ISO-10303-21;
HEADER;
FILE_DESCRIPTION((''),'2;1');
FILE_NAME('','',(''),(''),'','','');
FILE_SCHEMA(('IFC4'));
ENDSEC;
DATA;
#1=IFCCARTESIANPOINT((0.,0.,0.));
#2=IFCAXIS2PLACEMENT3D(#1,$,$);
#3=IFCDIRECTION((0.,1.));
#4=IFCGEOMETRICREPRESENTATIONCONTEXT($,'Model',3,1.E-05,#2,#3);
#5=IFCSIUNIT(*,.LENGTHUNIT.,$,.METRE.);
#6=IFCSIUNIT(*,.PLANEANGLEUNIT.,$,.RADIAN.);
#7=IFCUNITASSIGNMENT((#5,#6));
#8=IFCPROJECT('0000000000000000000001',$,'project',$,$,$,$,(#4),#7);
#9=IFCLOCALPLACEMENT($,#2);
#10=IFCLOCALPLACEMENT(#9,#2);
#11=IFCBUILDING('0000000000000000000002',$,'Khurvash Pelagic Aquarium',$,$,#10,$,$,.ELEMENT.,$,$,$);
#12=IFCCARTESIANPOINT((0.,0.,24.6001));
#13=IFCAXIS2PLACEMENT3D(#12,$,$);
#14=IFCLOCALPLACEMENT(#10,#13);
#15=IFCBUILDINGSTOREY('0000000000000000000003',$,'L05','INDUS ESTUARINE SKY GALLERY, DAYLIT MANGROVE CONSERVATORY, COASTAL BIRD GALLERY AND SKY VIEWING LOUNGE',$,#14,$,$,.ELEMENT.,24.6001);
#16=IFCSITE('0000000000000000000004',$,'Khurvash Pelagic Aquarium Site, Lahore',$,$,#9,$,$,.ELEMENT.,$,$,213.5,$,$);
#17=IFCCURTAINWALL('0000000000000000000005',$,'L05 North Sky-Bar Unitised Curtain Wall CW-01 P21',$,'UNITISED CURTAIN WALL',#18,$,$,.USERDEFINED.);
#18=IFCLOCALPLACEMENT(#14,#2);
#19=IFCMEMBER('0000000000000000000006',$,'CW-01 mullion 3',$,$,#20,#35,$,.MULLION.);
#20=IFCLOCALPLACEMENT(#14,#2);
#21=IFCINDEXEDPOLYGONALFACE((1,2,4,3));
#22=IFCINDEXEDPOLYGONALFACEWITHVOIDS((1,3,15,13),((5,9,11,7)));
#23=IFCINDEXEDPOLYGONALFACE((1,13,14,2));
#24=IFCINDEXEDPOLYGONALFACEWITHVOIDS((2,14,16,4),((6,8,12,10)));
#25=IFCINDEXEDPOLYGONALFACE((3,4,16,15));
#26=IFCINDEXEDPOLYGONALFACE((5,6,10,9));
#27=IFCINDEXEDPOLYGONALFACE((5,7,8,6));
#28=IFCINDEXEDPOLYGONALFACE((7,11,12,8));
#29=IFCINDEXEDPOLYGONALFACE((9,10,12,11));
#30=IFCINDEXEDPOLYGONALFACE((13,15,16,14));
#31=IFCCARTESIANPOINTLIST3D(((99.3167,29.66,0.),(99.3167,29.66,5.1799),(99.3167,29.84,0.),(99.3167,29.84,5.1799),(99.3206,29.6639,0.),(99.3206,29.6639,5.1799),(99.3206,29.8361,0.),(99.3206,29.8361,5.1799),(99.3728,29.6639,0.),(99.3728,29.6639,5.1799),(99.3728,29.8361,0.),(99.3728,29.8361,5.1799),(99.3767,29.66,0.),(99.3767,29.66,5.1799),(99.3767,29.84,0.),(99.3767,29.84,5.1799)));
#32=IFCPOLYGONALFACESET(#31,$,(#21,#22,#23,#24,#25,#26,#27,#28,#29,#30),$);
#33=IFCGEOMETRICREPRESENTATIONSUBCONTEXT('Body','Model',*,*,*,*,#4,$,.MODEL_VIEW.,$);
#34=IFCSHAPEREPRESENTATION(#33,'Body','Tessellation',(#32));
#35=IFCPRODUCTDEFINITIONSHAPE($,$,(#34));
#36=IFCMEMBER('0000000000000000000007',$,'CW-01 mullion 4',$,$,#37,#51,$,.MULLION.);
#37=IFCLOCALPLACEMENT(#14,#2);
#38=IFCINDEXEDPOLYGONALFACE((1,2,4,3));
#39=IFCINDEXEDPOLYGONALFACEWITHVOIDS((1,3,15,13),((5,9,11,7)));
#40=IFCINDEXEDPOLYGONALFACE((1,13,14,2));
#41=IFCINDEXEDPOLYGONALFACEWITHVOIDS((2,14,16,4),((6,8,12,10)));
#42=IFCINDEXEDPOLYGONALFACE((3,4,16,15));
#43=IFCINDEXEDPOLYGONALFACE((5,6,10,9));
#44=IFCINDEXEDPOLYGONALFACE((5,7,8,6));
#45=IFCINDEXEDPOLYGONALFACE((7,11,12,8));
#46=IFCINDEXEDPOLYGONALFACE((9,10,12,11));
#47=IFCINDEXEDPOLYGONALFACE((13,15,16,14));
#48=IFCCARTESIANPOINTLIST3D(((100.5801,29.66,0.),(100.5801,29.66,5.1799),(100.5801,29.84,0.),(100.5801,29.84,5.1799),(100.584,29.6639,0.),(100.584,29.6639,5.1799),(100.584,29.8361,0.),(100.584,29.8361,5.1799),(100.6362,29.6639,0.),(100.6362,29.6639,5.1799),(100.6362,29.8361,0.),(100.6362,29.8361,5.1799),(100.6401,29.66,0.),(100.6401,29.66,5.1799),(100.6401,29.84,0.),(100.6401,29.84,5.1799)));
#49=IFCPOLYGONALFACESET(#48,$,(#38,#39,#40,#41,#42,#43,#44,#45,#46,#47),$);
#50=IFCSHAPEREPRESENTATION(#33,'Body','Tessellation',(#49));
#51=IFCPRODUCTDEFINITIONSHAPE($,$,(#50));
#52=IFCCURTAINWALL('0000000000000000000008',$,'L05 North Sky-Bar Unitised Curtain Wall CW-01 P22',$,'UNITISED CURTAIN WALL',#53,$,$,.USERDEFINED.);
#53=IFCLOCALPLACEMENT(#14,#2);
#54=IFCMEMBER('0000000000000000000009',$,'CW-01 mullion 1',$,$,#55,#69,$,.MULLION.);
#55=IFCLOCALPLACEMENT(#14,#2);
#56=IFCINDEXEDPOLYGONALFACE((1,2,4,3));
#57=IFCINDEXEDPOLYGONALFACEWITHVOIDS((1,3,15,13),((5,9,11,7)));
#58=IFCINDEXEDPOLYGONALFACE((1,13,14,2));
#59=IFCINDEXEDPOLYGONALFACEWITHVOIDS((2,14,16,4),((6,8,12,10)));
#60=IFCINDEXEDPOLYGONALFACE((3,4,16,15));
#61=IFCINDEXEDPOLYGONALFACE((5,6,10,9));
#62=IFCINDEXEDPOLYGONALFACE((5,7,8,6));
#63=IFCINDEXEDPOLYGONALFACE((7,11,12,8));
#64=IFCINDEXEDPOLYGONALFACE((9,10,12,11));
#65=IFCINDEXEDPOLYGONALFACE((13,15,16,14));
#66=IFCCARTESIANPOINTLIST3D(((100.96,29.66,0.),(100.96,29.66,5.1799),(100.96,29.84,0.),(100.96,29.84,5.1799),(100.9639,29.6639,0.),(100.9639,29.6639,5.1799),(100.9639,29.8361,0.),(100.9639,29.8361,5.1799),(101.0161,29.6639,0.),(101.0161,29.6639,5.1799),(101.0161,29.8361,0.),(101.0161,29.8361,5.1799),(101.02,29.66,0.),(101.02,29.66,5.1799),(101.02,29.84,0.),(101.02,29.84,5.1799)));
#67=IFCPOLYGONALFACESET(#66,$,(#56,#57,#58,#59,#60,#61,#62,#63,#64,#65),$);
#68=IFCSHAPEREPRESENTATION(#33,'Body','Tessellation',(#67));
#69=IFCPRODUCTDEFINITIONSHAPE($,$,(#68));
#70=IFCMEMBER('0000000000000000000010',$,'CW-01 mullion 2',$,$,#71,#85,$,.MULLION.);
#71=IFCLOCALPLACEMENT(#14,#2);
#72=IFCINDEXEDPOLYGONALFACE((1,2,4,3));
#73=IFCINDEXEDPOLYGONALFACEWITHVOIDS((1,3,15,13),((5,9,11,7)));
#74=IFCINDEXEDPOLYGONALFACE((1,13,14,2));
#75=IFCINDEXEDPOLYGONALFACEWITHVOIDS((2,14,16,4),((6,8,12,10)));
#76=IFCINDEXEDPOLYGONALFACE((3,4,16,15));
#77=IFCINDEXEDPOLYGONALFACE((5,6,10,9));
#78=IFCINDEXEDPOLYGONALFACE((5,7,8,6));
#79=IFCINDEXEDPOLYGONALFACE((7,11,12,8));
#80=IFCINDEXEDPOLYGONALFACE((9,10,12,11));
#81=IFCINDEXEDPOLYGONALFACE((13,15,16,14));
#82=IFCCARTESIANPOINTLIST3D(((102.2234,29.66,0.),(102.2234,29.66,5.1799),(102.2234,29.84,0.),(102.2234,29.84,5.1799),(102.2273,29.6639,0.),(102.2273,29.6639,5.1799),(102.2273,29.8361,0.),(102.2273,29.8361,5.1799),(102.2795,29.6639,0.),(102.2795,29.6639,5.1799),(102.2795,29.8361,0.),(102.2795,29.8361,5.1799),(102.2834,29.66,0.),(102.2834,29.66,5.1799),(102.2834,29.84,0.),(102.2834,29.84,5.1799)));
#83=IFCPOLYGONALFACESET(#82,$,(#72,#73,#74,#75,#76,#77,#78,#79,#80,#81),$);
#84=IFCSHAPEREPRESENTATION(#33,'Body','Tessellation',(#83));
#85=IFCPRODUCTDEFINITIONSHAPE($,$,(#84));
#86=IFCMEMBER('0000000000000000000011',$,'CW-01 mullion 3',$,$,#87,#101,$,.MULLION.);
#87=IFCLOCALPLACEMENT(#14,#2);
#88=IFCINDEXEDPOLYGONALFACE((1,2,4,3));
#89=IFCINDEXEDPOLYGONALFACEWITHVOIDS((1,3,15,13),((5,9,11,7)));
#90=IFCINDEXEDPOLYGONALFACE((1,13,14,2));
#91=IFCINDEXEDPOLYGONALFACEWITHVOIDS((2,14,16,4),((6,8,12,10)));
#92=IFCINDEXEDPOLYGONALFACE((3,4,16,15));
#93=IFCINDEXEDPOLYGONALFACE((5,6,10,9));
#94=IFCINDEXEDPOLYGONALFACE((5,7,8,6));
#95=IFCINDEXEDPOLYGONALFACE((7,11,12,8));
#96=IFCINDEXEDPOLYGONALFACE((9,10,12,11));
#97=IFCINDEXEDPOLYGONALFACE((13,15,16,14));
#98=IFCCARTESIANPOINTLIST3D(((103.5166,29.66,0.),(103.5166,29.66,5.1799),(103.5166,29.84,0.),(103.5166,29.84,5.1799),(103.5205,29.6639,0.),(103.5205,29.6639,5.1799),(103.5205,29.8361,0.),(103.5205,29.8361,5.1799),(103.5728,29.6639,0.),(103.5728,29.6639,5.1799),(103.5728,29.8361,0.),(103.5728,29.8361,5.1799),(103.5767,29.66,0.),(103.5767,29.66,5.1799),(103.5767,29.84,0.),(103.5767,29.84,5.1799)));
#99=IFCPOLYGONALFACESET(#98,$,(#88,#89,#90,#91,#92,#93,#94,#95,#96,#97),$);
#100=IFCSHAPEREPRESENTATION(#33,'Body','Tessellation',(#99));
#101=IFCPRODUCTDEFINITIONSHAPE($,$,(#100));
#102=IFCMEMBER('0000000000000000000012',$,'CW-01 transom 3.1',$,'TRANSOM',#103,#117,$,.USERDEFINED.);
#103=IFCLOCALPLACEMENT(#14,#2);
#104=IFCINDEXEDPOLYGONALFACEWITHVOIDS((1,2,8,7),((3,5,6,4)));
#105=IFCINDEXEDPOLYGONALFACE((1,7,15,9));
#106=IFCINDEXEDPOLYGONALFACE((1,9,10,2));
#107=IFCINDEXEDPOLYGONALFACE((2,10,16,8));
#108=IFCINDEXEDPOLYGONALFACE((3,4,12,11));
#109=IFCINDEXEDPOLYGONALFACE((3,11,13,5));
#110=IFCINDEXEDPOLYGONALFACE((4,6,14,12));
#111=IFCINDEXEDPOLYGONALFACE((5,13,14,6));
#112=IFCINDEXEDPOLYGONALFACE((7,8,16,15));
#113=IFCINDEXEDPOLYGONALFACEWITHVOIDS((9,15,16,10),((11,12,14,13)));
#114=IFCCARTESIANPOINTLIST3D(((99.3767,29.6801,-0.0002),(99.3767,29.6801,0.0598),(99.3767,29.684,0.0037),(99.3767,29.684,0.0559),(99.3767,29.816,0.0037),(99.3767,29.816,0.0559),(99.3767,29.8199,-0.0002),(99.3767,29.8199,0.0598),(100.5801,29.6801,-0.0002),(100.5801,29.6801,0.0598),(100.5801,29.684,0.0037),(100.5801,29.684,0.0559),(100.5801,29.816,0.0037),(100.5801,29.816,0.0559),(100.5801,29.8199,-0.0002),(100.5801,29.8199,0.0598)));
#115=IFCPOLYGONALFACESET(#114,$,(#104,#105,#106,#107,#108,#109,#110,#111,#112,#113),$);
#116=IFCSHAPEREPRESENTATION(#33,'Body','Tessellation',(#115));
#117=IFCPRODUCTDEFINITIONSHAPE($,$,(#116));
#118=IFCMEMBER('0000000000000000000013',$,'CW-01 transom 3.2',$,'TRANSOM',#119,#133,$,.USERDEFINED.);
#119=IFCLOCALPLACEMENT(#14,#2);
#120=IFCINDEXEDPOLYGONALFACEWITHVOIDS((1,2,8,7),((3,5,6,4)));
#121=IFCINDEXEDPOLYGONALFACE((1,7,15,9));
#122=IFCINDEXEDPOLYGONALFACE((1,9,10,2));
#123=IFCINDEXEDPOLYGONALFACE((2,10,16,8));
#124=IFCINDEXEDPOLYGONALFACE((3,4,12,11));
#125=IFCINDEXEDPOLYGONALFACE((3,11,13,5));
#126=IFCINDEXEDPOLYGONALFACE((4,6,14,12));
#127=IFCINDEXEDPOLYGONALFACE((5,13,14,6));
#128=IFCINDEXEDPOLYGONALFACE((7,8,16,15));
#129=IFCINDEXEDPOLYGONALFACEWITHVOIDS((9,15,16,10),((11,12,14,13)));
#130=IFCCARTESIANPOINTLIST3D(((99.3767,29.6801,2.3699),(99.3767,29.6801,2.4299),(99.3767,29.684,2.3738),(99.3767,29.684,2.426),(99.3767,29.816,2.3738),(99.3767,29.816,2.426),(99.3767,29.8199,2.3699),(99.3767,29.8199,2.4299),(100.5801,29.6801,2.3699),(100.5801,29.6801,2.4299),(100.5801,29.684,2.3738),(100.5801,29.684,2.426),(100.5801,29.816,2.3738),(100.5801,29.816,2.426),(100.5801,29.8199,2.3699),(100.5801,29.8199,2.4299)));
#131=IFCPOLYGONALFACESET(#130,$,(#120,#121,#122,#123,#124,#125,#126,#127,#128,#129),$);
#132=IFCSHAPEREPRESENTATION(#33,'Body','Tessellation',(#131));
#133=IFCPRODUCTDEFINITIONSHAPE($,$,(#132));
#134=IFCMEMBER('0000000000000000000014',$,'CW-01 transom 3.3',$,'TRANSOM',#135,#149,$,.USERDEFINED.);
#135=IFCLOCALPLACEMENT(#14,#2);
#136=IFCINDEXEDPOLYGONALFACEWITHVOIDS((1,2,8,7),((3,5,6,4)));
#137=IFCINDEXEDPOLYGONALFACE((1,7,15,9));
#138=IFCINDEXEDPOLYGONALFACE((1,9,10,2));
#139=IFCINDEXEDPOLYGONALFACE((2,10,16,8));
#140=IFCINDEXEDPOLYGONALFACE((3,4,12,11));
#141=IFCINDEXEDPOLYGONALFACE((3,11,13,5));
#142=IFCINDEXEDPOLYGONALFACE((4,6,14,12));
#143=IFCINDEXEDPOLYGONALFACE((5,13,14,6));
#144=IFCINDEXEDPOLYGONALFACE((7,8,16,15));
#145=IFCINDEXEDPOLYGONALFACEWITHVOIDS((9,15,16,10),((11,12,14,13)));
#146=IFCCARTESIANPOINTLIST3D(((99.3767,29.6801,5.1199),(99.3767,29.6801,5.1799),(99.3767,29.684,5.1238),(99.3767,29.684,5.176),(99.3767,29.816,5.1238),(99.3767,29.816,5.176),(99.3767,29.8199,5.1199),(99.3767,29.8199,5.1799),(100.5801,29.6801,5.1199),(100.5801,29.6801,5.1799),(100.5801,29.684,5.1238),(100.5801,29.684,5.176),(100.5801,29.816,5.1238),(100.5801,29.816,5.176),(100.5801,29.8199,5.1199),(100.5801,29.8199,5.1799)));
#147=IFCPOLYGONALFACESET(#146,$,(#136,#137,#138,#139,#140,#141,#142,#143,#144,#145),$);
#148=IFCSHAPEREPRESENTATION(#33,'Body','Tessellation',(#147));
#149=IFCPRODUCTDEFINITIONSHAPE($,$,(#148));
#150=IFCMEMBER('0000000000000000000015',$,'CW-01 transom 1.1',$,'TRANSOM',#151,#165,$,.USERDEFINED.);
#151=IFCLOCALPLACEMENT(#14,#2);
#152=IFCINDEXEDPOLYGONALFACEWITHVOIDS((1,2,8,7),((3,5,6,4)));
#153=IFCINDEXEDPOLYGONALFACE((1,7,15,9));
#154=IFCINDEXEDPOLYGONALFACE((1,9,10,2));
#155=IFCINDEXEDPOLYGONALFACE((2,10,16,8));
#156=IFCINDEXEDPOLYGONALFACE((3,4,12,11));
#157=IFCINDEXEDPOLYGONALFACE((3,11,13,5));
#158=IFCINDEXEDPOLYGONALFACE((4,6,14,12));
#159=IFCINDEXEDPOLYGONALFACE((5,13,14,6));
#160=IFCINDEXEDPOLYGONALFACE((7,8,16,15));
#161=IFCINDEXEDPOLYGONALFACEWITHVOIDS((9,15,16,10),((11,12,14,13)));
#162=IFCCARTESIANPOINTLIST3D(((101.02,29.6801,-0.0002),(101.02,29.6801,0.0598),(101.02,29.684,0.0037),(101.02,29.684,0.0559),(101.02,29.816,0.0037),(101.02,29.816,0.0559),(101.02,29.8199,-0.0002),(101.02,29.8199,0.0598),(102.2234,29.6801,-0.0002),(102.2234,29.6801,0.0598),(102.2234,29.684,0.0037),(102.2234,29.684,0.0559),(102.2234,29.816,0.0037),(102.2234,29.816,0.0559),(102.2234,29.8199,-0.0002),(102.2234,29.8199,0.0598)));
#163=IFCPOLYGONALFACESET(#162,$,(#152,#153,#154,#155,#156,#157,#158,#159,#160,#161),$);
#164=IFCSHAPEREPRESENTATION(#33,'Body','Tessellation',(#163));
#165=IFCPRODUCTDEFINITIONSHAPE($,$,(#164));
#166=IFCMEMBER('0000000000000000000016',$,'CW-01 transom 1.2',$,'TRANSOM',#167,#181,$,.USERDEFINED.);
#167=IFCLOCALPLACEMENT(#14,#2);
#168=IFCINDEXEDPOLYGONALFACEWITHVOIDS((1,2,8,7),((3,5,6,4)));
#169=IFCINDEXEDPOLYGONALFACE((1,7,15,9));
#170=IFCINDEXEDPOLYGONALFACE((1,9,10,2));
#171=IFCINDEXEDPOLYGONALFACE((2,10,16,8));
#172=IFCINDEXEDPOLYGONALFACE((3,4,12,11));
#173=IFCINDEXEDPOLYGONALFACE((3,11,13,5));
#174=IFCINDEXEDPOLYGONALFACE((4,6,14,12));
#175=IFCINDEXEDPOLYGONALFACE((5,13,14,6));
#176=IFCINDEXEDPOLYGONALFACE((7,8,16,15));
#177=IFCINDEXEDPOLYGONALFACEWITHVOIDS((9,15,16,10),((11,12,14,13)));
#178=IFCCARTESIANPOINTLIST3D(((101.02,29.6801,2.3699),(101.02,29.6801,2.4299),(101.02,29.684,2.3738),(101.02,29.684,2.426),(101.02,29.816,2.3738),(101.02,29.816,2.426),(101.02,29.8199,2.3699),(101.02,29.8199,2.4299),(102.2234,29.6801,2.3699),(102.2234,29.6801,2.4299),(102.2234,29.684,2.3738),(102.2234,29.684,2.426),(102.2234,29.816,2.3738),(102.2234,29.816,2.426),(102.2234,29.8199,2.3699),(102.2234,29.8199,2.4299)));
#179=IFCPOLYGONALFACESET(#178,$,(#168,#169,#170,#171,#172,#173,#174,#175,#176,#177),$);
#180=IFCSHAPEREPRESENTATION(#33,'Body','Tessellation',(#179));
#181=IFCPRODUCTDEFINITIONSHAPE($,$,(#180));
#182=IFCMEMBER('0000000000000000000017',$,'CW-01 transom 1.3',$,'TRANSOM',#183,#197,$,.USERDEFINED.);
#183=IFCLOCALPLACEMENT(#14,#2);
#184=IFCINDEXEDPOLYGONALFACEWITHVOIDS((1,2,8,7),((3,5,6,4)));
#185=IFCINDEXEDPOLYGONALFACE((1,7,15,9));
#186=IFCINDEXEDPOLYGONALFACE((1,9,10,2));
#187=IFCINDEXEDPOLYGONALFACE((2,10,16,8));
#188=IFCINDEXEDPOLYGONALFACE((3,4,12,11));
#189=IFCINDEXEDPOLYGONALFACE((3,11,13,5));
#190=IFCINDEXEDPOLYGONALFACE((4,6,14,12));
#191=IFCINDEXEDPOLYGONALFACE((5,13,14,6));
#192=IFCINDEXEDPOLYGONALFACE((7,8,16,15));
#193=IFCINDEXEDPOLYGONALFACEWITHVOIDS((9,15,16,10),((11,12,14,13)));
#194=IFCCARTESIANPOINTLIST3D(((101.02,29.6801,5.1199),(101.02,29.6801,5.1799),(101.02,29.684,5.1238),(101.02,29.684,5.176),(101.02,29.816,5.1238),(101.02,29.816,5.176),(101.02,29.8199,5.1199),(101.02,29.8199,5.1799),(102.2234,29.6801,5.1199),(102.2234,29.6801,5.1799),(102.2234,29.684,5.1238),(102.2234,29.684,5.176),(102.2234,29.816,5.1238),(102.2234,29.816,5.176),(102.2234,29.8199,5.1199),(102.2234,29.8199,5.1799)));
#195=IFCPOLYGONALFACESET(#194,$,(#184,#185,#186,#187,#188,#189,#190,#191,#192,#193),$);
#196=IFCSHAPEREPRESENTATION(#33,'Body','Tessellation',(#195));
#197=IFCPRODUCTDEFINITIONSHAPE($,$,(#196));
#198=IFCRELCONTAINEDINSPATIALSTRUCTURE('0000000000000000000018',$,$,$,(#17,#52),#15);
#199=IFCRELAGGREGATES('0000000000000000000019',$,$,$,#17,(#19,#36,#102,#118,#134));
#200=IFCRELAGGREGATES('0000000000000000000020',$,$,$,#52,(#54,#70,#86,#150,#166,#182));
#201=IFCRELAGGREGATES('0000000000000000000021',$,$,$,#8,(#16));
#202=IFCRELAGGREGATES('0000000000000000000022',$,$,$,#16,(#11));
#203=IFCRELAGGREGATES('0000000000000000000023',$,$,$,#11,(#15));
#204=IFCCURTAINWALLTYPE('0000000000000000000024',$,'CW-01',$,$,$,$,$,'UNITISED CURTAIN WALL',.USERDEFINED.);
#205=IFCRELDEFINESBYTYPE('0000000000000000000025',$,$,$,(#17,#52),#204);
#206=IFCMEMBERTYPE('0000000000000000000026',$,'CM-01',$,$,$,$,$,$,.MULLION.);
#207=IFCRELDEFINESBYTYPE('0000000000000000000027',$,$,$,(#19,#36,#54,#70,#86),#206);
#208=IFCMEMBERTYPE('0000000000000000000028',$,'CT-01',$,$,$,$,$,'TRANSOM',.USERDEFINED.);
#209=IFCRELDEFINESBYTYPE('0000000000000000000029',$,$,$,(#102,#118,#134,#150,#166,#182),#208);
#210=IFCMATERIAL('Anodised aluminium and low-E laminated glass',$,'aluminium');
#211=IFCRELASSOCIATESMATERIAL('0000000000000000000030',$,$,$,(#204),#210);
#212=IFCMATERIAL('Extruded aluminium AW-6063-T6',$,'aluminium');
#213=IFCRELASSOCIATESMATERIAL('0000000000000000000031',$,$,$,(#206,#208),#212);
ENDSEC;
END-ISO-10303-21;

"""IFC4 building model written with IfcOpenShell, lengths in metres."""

from ifc_helpers import new_model, si_unit, direction, frame, origin, origin_2d, place, context, subcontext, project, spatial, hollow_rectangle, extrude, material, material_profile, profile_set, type_object, element, aggregate, save


model = new_model("IFC4")

# Units and contexts
model_context = context("Model", 3, precision=1e-05, world=origin(), true_north=direction((0.0, 1.0)))
body_context = subcontext(model_context, "Body", "Model", "MODEL_VIEW")
ifc_project = project(units=[si_unit("LENGTHUNIT", "METRE"), si_unit("PLANEANGLEUNIT", "RADIAN")], contexts=[model_context])

# Site, building, storey
site_placement = place(None, origin())
site = spatial("IfcSite", under=ifc_project, at=site_placement, Name="Khurvash Pelagic Aquarium Site, Lahore", CompositionType="ELEMENT", RefElevation=213.5)
building_placement = place(site_placement, origin())
building = spatial("IfcBuilding", under=site, at=building_placement, Name="Khurvash Pelagic Aquarium", CompositionType="ELEMENT")
storey_placement = place(building_placement, frame((0.0, 0.0, 24.6001)))
storey = spatial("IfcBuildingStorey", under=building, at=storey_placement, Name="L05", Description="INDUS ESTUARINE SKY GALLERY, DAYLIT MANGROVE CONSERVATORY, COASTAL BIRD GALLERY AND SKY VIEWING LOUNGE", CompositionType="ELEMENT", Elevation=24.6001)

# Curtain walls, members
ifc_material_1 = material(Name="Anodised aluminium and low-E laminated glass", Category="aluminium")
curtain_wall_type = type_object("IfcCurtainWallType", Name="CW-01", ElementType="UNITISED CURTAIN WALL", PredefinedType="USERDEFINED", material=ifc_material_1)
curtain_wall_1_placement = place(storey_placement, origin())
curtain_wall_1 = element("IfcCurtainWall", 1, at=curtain_wall_1_placement, inside=storey, type_object=curtain_wall_type, Name="L05 North Sky-Bar Unitised Curtain Wall CW-01 P21", ObjectType="UNITISED CURTAIN WALL", PredefinedType="USERDEFINED")
ifc_material_2 = material(Name="Extruded aluminium AW-6063-T6", Category="aluminium")
ifc_material_profile_1 = material_profile(ifc_material_2, hollow_rectangle(XDim=0.0601, YDim=0.1799, WallThickness=0.0039, at=origin_2d()), Name="CWM60X180X4")
ifc_profile_set_1 = profile_set([ifc_material_profile_1], Name="Extruded aluminium AW-6063-T6")
member_type_1 = type_object("IfcMemberType", Name="CM-01", PredefinedType="MULLION", material=ifc_profile_set_1)
member_1_placement = place(storey_placement, frame((99.3467, 29.75, 0.0), z_axis=(0.0, 0.0, 1.0), x_axis=(1.0, 0.0, 0.0)))
member_1 = element("IfcMember", 2, at=member_1_placement, type_object=member_type_1, Name="CW-01 mullion 3", PredefinedType="MULLION", context=body_context, shape_type="SweptSolid", body=[
    extrude(hollow_rectangle(XDim=0.0601, YDim=0.1799, WallThickness=0.0039, at=origin_2d()), origin(), (0.0, 0.0, 1.0), 5.1799),
])
member_2_placement = place(storey_placement, frame((100.6101, 29.75, 0.0), z_axis=(0.0, 0.0, 1.0), x_axis=(1.0, 0.0, 0.0)))
member_2 = element("IfcMember", 3, at=member_2_placement, type_object=member_type_1, Name="CW-01 mullion 4", PredefinedType="MULLION", context=body_context, shape_type="SweptSolid", body=[
    extrude(hollow_rectangle(XDim=0.0601, YDim=0.1799, WallThickness=0.0039, at=origin_2d()), origin(), (0.0, 0.0, 1.0), 5.1799),
])
curtain_wall_2_placement = place(storey_placement, origin())
curtain_wall_2 = element("IfcCurtainWall", 4, at=curtain_wall_2_placement, inside=storey, type_object=curtain_wall_type, Name="L05 North Sky-Bar Unitised Curtain Wall CW-01 P22", ObjectType="UNITISED CURTAIN WALL", PredefinedType="USERDEFINED")
member_3_placement = place(storey_placement, frame((100.99, 29.75, 0.0), z_axis=(0.0, 0.0, 1.0), x_axis=(1.0, 0.0, 0.0)))
member_3 = element("IfcMember", 5, at=member_3_placement, type_object=member_type_1, Name="CW-01 mullion 1", PredefinedType="MULLION", context=body_context, shape_type="SweptSolid", body=[
    extrude(hollow_rectangle(XDim=0.0601, YDim=0.1799, WallThickness=0.0039, at=origin_2d()), origin(), (0.0, 0.0, 1.0), 5.1799),
])
member_4_placement = place(storey_placement, frame((102.2534, 29.75, 0.0), z_axis=(0.0, 0.0, 1.0), x_axis=(1.0, 0.0, 0.0)))
member_4 = element("IfcMember", 6, at=member_4_placement, type_object=member_type_1, Name="CW-01 mullion 2", PredefinedType="MULLION", context=body_context, shape_type="SweptSolid", body=[
    extrude(hollow_rectangle(XDim=0.0601, YDim=0.1799, WallThickness=0.0039, at=origin_2d()), origin(), (0.0, 0.0, 1.0), 5.1799),
])
member_5_placement = place(storey_placement, frame((103.5466, 29.75, 0.0), z_axis=(0.0, 0.0, 1.0), x_axis=(1.0, 0.0, 0.0)))
member_5 = element("IfcMember", 7, at=member_5_placement, type_object=member_type_1, Name="CW-01 mullion 3", PredefinedType="MULLION", context=body_context, shape_type="SweptSolid", body=[
    extrude(hollow_rectangle(XDim=0.0601, YDim=0.1799, WallThickness=0.0039, at=origin_2d()), origin(), (0.0, 0.0, 1.0), 5.1799),
])

# Members
ifc_material_profile_2 = material_profile(ifc_material_2, hollow_rectangle(XDim=0.1399, YDim=0.0601, WallThickness=0.0039, at=origin_2d()), Name="CWT140X60X4")
ifc_profile_set_2 = profile_set([ifc_material_profile_2], Name="Extruded aluminium AW-6063-T6")
member_type_2 = type_object("IfcMemberType", Name="CT-01", ElementType="TRANSOM", PredefinedType="USERDEFINED", material=ifc_profile_set_2)
member_6_placement = place(storey_placement, frame((99.3767, 29.75, 0.0298), z_axis=(1.0, 0.0, 0.0), x_axis=(0.0, 1.0, 0.0)))
member_6 = element("IfcMember", 8, at=member_6_placement, type_object=member_type_2, Name="CW-01 transom 3.1", ObjectType="TRANSOM", PredefinedType="USERDEFINED", context=body_context, shape_type="SweptSolid", body=[
    extrude(hollow_rectangle(XDim=0.1399, YDim=0.0601, WallThickness=0.0039, at=origin_2d()), origin(), (0.0, 0.0, 1.0), 1.2034),
])
member_7_placement = place(storey_placement, frame((99.3767, 29.75, 2.3999), z_axis=(1.0, 0.0, 0.0), x_axis=(0.0, 1.0, 0.0)))
member_7 = element("IfcMember", 9, at=member_7_placement, type_object=member_type_2, Name="CW-01 transom 3.2", ObjectType="TRANSOM", PredefinedType="USERDEFINED", context=body_context, shape_type="SweptSolid", body=[
    extrude(hollow_rectangle(XDim=0.1399, YDim=0.0601, WallThickness=0.0039, at=origin_2d()), origin(), (0.0, 0.0, 1.0), 1.2034),
])
member_8_placement = place(storey_placement, frame((99.3767, 29.75, 5.1499), z_axis=(1.0, 0.0, 0.0), x_axis=(0.0, 1.0, 0.0)))
member_8 = element("IfcMember", 10, at=member_8_placement, type_object=member_type_2, Name="CW-01 transom 3.3", ObjectType="TRANSOM", PredefinedType="USERDEFINED", context=body_context, shape_type="SweptSolid", body=[
    extrude(hollow_rectangle(XDim=0.1399, YDim=0.0601, WallThickness=0.0039, at=origin_2d()), origin(), (0.0, 0.0, 1.0), 1.2034),
])
member_9_placement = place(storey_placement, frame((101.02, 29.75, 0.0298), z_axis=(1.0, 0.0, 0.0), x_axis=(0.0, 1.0, 0.0)))
member_9 = element("IfcMember", 11, at=member_9_placement, type_object=member_type_2, Name="CW-01 transom 1.1", ObjectType="TRANSOM", PredefinedType="USERDEFINED", context=body_context, shape_type="SweptSolid", body=[
    extrude(hollow_rectangle(XDim=0.1399, YDim=0.0601, WallThickness=0.0039, at=origin_2d()), origin(), (0.0, 0.0, 1.0), 1.2034),
])
member_10_placement = place(storey_placement, frame((101.02, 29.75, 2.3999), z_axis=(1.0, 0.0, 0.0), x_axis=(0.0, 1.0, 0.0)))
member_10 = element("IfcMember", 12, at=member_10_placement, type_object=member_type_2, Name="CW-01 transom 1.2", ObjectType="TRANSOM", PredefinedType="USERDEFINED", context=body_context, shape_type="SweptSolid", body=[
    extrude(hollow_rectangle(XDim=0.1399, YDim=0.0601, WallThickness=0.0039, at=origin_2d()), origin(), (0.0, 0.0, 1.0), 1.2034),
])
member_11_placement = place(storey_placement, frame((101.02, 29.75, 5.1499), z_axis=(1.0, 0.0, 0.0), x_axis=(0.0, 1.0, 0.0)))
member_11 = element("IfcMember", 13, at=member_11_placement, type_object=member_type_2, Name="CW-01 transom 1.3", ObjectType="TRANSOM", PredefinedType="USERDEFINED", context=body_context, shape_type="SweptSolid", body=[
    extrude(hollow_rectangle(XDim=0.1399, YDim=0.0601, WallThickness=0.0039, at=origin_2d()), origin(), (0.0, 0.0, 1.0), 1.2034),
])

aggregate(curtain_wall_1, [member_1, member_2, member_6, member_7, member_8])
aggregate(curtain_wall_2, [member_3, member_4, member_5, member_9, member_10, member_11])

save(model, "model.ifc")
